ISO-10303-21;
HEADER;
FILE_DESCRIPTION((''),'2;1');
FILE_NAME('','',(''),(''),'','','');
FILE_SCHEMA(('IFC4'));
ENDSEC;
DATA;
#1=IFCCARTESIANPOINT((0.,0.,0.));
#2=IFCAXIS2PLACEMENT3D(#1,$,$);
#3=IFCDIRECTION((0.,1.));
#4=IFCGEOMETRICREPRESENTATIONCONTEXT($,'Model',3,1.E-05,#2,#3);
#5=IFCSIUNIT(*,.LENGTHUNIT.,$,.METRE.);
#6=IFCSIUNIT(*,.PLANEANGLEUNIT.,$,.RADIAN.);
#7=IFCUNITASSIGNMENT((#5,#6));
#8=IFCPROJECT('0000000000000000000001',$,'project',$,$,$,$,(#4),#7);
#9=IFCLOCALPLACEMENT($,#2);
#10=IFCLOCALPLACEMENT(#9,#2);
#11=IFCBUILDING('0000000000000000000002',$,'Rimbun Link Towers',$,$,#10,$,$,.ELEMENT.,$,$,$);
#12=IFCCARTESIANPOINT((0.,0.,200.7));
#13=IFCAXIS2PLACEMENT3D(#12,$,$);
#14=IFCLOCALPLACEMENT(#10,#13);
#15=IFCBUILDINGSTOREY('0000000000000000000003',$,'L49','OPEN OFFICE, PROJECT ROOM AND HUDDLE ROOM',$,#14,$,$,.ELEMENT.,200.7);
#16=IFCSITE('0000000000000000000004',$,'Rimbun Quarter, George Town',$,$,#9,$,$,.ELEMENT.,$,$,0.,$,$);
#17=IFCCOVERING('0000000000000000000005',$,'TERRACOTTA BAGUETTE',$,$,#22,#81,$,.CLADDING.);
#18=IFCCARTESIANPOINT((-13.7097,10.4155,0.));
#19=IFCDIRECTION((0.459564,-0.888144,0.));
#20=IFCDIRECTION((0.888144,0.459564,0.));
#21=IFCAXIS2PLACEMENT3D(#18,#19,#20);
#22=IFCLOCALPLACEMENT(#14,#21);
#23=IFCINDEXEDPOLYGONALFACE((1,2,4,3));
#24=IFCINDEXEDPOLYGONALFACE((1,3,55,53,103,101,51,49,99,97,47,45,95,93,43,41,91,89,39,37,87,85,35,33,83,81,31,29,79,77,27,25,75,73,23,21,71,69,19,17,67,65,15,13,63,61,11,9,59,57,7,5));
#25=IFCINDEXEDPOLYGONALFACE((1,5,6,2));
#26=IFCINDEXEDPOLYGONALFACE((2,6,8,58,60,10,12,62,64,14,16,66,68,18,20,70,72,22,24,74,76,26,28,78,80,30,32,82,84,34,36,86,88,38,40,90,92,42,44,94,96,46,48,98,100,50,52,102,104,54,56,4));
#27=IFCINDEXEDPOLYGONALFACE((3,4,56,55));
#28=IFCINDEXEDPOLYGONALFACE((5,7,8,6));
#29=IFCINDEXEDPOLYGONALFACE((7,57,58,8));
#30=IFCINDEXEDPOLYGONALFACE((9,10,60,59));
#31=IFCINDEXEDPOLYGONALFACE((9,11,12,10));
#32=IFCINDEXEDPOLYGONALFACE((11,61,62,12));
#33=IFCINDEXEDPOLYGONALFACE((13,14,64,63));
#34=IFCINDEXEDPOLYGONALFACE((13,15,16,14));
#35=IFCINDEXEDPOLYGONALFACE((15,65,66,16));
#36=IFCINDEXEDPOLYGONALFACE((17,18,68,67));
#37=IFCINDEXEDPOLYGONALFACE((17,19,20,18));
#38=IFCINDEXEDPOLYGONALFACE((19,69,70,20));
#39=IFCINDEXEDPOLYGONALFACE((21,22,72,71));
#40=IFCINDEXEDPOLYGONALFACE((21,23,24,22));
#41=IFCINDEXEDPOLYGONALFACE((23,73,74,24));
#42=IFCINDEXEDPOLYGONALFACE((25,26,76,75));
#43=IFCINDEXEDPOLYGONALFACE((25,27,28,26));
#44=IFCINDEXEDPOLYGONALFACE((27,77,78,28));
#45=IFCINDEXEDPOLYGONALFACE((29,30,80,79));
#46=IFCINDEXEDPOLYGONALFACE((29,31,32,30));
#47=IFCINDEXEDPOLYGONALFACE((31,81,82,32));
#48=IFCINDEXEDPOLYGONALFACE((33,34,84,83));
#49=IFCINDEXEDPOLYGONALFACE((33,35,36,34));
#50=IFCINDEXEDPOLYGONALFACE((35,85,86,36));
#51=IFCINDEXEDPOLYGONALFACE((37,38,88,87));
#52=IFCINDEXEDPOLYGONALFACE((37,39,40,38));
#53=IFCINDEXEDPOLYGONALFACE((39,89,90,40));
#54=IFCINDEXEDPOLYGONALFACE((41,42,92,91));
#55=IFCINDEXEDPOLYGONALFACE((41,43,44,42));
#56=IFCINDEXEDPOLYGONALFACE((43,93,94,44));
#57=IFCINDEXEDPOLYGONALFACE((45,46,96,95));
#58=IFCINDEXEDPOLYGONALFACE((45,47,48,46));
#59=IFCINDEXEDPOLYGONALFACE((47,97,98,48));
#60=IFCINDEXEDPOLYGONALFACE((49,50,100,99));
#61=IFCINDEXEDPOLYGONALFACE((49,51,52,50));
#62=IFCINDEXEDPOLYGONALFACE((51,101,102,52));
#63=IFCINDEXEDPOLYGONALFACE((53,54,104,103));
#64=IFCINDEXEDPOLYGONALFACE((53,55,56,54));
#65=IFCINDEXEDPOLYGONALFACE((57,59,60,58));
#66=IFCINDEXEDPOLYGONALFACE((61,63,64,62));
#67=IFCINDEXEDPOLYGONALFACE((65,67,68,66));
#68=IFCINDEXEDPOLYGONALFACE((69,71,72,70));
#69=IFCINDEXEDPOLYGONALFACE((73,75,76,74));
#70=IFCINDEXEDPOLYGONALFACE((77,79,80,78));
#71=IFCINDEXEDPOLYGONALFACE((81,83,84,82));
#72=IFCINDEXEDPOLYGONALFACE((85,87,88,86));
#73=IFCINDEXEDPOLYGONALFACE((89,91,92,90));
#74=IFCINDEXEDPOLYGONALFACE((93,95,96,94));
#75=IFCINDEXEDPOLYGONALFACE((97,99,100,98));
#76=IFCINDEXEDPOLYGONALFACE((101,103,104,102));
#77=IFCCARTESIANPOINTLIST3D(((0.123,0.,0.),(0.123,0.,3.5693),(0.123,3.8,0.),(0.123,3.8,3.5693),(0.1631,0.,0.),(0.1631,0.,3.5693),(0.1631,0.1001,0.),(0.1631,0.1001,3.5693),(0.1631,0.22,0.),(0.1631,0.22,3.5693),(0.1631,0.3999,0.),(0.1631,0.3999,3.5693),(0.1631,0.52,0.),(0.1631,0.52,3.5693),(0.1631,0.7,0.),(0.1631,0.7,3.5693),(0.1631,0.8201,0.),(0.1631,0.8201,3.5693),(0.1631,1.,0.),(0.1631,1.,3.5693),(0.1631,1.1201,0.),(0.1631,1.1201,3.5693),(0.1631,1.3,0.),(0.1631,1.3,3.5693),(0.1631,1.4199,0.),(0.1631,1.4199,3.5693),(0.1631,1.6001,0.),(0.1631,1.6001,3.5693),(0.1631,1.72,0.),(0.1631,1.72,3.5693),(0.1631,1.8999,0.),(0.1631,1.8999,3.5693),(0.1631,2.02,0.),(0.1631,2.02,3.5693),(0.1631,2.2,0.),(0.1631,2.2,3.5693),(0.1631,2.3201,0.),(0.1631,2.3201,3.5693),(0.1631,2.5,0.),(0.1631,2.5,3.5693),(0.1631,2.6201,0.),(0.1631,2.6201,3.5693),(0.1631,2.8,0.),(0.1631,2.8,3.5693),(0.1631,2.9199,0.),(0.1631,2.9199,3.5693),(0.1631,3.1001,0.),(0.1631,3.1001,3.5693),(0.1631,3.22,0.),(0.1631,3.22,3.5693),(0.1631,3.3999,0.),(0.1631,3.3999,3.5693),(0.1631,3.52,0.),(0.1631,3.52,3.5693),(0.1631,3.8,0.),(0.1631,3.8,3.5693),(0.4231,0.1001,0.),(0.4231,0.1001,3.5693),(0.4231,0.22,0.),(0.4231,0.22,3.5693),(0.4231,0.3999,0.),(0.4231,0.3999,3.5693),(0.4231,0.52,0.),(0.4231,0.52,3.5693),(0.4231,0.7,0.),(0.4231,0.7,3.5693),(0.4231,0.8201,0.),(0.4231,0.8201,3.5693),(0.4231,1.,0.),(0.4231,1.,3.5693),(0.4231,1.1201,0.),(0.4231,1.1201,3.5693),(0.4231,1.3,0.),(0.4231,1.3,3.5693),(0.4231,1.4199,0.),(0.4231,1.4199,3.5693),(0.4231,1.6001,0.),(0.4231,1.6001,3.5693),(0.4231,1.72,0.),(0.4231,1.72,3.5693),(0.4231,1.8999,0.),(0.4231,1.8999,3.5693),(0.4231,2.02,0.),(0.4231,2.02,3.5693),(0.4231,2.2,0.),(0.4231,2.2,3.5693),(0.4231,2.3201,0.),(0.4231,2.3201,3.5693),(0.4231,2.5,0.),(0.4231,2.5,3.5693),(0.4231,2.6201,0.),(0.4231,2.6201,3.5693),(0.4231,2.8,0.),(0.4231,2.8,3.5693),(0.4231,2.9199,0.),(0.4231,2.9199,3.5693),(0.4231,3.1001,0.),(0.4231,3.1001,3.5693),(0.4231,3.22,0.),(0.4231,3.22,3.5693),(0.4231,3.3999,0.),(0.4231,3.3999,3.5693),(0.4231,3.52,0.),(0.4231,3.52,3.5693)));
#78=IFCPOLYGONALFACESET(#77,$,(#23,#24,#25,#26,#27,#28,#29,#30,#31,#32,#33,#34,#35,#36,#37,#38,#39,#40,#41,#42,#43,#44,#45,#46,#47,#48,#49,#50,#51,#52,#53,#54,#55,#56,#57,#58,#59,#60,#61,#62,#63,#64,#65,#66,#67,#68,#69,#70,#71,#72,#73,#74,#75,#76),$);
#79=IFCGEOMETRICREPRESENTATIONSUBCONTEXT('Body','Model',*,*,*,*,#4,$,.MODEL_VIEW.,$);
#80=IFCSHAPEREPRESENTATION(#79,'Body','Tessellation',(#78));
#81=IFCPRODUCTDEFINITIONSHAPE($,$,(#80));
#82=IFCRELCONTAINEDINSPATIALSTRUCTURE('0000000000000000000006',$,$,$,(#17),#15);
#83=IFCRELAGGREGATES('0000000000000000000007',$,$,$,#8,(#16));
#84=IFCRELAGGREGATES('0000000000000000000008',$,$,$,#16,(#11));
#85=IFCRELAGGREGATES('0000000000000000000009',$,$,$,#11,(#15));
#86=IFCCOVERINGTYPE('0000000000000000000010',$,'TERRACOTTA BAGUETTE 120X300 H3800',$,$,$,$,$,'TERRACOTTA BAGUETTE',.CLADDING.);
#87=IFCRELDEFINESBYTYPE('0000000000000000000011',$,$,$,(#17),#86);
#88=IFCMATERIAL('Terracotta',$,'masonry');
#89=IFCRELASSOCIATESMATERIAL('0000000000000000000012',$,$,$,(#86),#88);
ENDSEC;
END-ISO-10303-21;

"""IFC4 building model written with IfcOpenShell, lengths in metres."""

from ifc_helpers import new_model, si_unit, direction, frame, origin, place, context, subcontext, project, spatial, polyline, outline, extrude, material, material_profile, profile_set, type_object, element, save


model = new_model("IFC4")

# Units and contexts
model_context = context("Model", 3, precision=1e-05, world=origin(), true_north=direction((0.0, 1.0)))
body_context = subcontext(model_context, "Body", "Model", "MODEL_VIEW")
ifc_project = project(units=[si_unit("LENGTHUNIT", "METRE"), si_unit("PLANEANGLEUNIT", "RADIAN")], contexts=[model_context])

# Site, building, storey
site_placement = place(None, origin())
site = spatial("IfcSite", under=ifc_project, at=site_placement, Name="Rimbun Quarter, George Town", CompositionType="ELEMENT", RefElevation=0.0)
building_placement = place(site_placement, origin())
building = spatial("IfcBuilding", under=site, at=building_placement, Name="Rimbun Link Towers", CompositionType="ELEMENT")
storey_placement = place(building_placement, frame((0.0, 0.0, 200.7)))
storey = spatial("IfcBuildingStorey", under=building, at=storey_placement, Name="L49", Description="OPEN OFFICE, PROJECT ROOM AND HUDDLE ROOM", CompositionType="ELEMENT", Elevation=200.7)

# Covering
ifc_material_1 = material(Name="Terracotta", Category="masonry")
ifc_material_profile_1 = material_profile(ifc_material_1, outline(polyline([(0.123, 0.0), (0.1631, 0.0), (0.1631, 0.1001), (0.4231, 0.1001), (0.4231, 0.22), (0.1631, 0.22), (0.1631, 0.3999), (0.4231, 0.3999), (0.4231, 0.52), (0.1631, 0.52), (0.1631, 0.7), (0.4231, 0.7), (0.4231, 0.8201), (0.1631, 0.8201), (0.1631, 1.0), (0.4231, 1.0), (0.4231, 1.1201), (0.1631, 1.1201), (0.1631, 1.3), (0.4231, 1.3), (0.4231, 1.4199), (0.1631, 1.4199), (0.1631, 1.6001), (0.4231, 1.6001), (0.4231, 1.72), (0.1631, 1.72), (0.1631, 1.8999), (0.4231, 1.8999), (0.4231, 2.02), (0.1631, 2.02), (0.1631, 2.2), (0.4231, 2.2), (0.4231, 2.3201), (0.1631, 2.3201), (0.1631, 2.5), (0.4231, 2.5), (0.4231, 2.6201), (0.1631, 2.6201), (0.1631, 2.8), (0.4231, 2.8), (0.4231, 2.9199), (0.1631, 2.9199), (0.1631, 3.1001), (0.4231, 3.1001), (0.4231, 3.22), (0.1631, 3.22), (0.1631, 3.3999), (0.4231, 3.3999), (0.4231, 3.52), (0.1631, 3.52), (0.1631, 3.8), (0.123, 3.8), (0.123, 0.0)])), Name="BAGUETTE 120X300")
ifc_profile_set_1 = profile_set([ifc_material_profile_1], Name="Terracotta")
covering_type = type_object("IfcCoveringType", Name="TERRACOTTA BAGUETTE 120X300 H3800", ElementType="TERRACOTTA BAGUETTE", PredefinedType="CLADDING", material=ifc_profile_set_1)
covering_1_placement = place(storey_placement, frame((-13.7097, 10.4155, 0.0), z_axis=(0.459564, -0.888144, 0.0), x_axis=(0.888144, 0.459564, 0.0)))
element("IfcCovering", 1, at=covering_1_placement, inside=storey, type_object=covering_type, Name="TERRACOTTA BAGUETTE", PredefinedType="CLADDING", context=body_context, shape_type="SweptSolid", body=[
    extrude(outline(polyline([(0.123, 0.0), (0.1631, 0.0), (0.1631, 0.1001), (0.4231, 0.1001), (0.4231, 0.22), (0.1631, 0.22), (0.1631, 0.3999), (0.4231, 0.3999), (0.4231, 0.52), (0.1631, 0.52), (0.1631, 0.7), (0.4231, 0.7), (0.4231, 0.8201), (0.1631, 0.8201), (0.1631, 1.0), (0.4231, 1.0), (0.4231, 1.1201), (0.1631, 1.1201), (0.1631, 1.3), (0.4231, 1.3), (0.4231, 1.4199), (0.1631, 1.4199), (0.1631, 1.6001), (0.4231, 1.6001), (0.4231, 1.72), (0.1631, 1.72), (0.1631, 1.8999), (0.4231, 1.8999), (0.4231, 2.02), (0.1631, 2.02), (0.1631, 2.2), (0.4231, 2.2), (0.4231, 2.3201), (0.1631, 2.3201), (0.1631, 2.5), (0.4231, 2.5), (0.4231, 2.6201), (0.1631, 2.6201), (0.1631, 2.8), (0.4231, 2.8), (0.4231, 2.9199), (0.1631, 2.9199), (0.1631, 3.1001), (0.4231, 3.1001), (0.4231, 3.22), (0.1631, 3.22), (0.1631, 3.3999), (0.4231, 3.3999), (0.4231, 3.52), (0.1631, 3.52), (0.1631, 3.8), (0.123, 3.8), (0.123, 0.0)])), origin(), (0.0, 0.0, 1.0), 3.5693),
])

save(model, "model.ifc")
